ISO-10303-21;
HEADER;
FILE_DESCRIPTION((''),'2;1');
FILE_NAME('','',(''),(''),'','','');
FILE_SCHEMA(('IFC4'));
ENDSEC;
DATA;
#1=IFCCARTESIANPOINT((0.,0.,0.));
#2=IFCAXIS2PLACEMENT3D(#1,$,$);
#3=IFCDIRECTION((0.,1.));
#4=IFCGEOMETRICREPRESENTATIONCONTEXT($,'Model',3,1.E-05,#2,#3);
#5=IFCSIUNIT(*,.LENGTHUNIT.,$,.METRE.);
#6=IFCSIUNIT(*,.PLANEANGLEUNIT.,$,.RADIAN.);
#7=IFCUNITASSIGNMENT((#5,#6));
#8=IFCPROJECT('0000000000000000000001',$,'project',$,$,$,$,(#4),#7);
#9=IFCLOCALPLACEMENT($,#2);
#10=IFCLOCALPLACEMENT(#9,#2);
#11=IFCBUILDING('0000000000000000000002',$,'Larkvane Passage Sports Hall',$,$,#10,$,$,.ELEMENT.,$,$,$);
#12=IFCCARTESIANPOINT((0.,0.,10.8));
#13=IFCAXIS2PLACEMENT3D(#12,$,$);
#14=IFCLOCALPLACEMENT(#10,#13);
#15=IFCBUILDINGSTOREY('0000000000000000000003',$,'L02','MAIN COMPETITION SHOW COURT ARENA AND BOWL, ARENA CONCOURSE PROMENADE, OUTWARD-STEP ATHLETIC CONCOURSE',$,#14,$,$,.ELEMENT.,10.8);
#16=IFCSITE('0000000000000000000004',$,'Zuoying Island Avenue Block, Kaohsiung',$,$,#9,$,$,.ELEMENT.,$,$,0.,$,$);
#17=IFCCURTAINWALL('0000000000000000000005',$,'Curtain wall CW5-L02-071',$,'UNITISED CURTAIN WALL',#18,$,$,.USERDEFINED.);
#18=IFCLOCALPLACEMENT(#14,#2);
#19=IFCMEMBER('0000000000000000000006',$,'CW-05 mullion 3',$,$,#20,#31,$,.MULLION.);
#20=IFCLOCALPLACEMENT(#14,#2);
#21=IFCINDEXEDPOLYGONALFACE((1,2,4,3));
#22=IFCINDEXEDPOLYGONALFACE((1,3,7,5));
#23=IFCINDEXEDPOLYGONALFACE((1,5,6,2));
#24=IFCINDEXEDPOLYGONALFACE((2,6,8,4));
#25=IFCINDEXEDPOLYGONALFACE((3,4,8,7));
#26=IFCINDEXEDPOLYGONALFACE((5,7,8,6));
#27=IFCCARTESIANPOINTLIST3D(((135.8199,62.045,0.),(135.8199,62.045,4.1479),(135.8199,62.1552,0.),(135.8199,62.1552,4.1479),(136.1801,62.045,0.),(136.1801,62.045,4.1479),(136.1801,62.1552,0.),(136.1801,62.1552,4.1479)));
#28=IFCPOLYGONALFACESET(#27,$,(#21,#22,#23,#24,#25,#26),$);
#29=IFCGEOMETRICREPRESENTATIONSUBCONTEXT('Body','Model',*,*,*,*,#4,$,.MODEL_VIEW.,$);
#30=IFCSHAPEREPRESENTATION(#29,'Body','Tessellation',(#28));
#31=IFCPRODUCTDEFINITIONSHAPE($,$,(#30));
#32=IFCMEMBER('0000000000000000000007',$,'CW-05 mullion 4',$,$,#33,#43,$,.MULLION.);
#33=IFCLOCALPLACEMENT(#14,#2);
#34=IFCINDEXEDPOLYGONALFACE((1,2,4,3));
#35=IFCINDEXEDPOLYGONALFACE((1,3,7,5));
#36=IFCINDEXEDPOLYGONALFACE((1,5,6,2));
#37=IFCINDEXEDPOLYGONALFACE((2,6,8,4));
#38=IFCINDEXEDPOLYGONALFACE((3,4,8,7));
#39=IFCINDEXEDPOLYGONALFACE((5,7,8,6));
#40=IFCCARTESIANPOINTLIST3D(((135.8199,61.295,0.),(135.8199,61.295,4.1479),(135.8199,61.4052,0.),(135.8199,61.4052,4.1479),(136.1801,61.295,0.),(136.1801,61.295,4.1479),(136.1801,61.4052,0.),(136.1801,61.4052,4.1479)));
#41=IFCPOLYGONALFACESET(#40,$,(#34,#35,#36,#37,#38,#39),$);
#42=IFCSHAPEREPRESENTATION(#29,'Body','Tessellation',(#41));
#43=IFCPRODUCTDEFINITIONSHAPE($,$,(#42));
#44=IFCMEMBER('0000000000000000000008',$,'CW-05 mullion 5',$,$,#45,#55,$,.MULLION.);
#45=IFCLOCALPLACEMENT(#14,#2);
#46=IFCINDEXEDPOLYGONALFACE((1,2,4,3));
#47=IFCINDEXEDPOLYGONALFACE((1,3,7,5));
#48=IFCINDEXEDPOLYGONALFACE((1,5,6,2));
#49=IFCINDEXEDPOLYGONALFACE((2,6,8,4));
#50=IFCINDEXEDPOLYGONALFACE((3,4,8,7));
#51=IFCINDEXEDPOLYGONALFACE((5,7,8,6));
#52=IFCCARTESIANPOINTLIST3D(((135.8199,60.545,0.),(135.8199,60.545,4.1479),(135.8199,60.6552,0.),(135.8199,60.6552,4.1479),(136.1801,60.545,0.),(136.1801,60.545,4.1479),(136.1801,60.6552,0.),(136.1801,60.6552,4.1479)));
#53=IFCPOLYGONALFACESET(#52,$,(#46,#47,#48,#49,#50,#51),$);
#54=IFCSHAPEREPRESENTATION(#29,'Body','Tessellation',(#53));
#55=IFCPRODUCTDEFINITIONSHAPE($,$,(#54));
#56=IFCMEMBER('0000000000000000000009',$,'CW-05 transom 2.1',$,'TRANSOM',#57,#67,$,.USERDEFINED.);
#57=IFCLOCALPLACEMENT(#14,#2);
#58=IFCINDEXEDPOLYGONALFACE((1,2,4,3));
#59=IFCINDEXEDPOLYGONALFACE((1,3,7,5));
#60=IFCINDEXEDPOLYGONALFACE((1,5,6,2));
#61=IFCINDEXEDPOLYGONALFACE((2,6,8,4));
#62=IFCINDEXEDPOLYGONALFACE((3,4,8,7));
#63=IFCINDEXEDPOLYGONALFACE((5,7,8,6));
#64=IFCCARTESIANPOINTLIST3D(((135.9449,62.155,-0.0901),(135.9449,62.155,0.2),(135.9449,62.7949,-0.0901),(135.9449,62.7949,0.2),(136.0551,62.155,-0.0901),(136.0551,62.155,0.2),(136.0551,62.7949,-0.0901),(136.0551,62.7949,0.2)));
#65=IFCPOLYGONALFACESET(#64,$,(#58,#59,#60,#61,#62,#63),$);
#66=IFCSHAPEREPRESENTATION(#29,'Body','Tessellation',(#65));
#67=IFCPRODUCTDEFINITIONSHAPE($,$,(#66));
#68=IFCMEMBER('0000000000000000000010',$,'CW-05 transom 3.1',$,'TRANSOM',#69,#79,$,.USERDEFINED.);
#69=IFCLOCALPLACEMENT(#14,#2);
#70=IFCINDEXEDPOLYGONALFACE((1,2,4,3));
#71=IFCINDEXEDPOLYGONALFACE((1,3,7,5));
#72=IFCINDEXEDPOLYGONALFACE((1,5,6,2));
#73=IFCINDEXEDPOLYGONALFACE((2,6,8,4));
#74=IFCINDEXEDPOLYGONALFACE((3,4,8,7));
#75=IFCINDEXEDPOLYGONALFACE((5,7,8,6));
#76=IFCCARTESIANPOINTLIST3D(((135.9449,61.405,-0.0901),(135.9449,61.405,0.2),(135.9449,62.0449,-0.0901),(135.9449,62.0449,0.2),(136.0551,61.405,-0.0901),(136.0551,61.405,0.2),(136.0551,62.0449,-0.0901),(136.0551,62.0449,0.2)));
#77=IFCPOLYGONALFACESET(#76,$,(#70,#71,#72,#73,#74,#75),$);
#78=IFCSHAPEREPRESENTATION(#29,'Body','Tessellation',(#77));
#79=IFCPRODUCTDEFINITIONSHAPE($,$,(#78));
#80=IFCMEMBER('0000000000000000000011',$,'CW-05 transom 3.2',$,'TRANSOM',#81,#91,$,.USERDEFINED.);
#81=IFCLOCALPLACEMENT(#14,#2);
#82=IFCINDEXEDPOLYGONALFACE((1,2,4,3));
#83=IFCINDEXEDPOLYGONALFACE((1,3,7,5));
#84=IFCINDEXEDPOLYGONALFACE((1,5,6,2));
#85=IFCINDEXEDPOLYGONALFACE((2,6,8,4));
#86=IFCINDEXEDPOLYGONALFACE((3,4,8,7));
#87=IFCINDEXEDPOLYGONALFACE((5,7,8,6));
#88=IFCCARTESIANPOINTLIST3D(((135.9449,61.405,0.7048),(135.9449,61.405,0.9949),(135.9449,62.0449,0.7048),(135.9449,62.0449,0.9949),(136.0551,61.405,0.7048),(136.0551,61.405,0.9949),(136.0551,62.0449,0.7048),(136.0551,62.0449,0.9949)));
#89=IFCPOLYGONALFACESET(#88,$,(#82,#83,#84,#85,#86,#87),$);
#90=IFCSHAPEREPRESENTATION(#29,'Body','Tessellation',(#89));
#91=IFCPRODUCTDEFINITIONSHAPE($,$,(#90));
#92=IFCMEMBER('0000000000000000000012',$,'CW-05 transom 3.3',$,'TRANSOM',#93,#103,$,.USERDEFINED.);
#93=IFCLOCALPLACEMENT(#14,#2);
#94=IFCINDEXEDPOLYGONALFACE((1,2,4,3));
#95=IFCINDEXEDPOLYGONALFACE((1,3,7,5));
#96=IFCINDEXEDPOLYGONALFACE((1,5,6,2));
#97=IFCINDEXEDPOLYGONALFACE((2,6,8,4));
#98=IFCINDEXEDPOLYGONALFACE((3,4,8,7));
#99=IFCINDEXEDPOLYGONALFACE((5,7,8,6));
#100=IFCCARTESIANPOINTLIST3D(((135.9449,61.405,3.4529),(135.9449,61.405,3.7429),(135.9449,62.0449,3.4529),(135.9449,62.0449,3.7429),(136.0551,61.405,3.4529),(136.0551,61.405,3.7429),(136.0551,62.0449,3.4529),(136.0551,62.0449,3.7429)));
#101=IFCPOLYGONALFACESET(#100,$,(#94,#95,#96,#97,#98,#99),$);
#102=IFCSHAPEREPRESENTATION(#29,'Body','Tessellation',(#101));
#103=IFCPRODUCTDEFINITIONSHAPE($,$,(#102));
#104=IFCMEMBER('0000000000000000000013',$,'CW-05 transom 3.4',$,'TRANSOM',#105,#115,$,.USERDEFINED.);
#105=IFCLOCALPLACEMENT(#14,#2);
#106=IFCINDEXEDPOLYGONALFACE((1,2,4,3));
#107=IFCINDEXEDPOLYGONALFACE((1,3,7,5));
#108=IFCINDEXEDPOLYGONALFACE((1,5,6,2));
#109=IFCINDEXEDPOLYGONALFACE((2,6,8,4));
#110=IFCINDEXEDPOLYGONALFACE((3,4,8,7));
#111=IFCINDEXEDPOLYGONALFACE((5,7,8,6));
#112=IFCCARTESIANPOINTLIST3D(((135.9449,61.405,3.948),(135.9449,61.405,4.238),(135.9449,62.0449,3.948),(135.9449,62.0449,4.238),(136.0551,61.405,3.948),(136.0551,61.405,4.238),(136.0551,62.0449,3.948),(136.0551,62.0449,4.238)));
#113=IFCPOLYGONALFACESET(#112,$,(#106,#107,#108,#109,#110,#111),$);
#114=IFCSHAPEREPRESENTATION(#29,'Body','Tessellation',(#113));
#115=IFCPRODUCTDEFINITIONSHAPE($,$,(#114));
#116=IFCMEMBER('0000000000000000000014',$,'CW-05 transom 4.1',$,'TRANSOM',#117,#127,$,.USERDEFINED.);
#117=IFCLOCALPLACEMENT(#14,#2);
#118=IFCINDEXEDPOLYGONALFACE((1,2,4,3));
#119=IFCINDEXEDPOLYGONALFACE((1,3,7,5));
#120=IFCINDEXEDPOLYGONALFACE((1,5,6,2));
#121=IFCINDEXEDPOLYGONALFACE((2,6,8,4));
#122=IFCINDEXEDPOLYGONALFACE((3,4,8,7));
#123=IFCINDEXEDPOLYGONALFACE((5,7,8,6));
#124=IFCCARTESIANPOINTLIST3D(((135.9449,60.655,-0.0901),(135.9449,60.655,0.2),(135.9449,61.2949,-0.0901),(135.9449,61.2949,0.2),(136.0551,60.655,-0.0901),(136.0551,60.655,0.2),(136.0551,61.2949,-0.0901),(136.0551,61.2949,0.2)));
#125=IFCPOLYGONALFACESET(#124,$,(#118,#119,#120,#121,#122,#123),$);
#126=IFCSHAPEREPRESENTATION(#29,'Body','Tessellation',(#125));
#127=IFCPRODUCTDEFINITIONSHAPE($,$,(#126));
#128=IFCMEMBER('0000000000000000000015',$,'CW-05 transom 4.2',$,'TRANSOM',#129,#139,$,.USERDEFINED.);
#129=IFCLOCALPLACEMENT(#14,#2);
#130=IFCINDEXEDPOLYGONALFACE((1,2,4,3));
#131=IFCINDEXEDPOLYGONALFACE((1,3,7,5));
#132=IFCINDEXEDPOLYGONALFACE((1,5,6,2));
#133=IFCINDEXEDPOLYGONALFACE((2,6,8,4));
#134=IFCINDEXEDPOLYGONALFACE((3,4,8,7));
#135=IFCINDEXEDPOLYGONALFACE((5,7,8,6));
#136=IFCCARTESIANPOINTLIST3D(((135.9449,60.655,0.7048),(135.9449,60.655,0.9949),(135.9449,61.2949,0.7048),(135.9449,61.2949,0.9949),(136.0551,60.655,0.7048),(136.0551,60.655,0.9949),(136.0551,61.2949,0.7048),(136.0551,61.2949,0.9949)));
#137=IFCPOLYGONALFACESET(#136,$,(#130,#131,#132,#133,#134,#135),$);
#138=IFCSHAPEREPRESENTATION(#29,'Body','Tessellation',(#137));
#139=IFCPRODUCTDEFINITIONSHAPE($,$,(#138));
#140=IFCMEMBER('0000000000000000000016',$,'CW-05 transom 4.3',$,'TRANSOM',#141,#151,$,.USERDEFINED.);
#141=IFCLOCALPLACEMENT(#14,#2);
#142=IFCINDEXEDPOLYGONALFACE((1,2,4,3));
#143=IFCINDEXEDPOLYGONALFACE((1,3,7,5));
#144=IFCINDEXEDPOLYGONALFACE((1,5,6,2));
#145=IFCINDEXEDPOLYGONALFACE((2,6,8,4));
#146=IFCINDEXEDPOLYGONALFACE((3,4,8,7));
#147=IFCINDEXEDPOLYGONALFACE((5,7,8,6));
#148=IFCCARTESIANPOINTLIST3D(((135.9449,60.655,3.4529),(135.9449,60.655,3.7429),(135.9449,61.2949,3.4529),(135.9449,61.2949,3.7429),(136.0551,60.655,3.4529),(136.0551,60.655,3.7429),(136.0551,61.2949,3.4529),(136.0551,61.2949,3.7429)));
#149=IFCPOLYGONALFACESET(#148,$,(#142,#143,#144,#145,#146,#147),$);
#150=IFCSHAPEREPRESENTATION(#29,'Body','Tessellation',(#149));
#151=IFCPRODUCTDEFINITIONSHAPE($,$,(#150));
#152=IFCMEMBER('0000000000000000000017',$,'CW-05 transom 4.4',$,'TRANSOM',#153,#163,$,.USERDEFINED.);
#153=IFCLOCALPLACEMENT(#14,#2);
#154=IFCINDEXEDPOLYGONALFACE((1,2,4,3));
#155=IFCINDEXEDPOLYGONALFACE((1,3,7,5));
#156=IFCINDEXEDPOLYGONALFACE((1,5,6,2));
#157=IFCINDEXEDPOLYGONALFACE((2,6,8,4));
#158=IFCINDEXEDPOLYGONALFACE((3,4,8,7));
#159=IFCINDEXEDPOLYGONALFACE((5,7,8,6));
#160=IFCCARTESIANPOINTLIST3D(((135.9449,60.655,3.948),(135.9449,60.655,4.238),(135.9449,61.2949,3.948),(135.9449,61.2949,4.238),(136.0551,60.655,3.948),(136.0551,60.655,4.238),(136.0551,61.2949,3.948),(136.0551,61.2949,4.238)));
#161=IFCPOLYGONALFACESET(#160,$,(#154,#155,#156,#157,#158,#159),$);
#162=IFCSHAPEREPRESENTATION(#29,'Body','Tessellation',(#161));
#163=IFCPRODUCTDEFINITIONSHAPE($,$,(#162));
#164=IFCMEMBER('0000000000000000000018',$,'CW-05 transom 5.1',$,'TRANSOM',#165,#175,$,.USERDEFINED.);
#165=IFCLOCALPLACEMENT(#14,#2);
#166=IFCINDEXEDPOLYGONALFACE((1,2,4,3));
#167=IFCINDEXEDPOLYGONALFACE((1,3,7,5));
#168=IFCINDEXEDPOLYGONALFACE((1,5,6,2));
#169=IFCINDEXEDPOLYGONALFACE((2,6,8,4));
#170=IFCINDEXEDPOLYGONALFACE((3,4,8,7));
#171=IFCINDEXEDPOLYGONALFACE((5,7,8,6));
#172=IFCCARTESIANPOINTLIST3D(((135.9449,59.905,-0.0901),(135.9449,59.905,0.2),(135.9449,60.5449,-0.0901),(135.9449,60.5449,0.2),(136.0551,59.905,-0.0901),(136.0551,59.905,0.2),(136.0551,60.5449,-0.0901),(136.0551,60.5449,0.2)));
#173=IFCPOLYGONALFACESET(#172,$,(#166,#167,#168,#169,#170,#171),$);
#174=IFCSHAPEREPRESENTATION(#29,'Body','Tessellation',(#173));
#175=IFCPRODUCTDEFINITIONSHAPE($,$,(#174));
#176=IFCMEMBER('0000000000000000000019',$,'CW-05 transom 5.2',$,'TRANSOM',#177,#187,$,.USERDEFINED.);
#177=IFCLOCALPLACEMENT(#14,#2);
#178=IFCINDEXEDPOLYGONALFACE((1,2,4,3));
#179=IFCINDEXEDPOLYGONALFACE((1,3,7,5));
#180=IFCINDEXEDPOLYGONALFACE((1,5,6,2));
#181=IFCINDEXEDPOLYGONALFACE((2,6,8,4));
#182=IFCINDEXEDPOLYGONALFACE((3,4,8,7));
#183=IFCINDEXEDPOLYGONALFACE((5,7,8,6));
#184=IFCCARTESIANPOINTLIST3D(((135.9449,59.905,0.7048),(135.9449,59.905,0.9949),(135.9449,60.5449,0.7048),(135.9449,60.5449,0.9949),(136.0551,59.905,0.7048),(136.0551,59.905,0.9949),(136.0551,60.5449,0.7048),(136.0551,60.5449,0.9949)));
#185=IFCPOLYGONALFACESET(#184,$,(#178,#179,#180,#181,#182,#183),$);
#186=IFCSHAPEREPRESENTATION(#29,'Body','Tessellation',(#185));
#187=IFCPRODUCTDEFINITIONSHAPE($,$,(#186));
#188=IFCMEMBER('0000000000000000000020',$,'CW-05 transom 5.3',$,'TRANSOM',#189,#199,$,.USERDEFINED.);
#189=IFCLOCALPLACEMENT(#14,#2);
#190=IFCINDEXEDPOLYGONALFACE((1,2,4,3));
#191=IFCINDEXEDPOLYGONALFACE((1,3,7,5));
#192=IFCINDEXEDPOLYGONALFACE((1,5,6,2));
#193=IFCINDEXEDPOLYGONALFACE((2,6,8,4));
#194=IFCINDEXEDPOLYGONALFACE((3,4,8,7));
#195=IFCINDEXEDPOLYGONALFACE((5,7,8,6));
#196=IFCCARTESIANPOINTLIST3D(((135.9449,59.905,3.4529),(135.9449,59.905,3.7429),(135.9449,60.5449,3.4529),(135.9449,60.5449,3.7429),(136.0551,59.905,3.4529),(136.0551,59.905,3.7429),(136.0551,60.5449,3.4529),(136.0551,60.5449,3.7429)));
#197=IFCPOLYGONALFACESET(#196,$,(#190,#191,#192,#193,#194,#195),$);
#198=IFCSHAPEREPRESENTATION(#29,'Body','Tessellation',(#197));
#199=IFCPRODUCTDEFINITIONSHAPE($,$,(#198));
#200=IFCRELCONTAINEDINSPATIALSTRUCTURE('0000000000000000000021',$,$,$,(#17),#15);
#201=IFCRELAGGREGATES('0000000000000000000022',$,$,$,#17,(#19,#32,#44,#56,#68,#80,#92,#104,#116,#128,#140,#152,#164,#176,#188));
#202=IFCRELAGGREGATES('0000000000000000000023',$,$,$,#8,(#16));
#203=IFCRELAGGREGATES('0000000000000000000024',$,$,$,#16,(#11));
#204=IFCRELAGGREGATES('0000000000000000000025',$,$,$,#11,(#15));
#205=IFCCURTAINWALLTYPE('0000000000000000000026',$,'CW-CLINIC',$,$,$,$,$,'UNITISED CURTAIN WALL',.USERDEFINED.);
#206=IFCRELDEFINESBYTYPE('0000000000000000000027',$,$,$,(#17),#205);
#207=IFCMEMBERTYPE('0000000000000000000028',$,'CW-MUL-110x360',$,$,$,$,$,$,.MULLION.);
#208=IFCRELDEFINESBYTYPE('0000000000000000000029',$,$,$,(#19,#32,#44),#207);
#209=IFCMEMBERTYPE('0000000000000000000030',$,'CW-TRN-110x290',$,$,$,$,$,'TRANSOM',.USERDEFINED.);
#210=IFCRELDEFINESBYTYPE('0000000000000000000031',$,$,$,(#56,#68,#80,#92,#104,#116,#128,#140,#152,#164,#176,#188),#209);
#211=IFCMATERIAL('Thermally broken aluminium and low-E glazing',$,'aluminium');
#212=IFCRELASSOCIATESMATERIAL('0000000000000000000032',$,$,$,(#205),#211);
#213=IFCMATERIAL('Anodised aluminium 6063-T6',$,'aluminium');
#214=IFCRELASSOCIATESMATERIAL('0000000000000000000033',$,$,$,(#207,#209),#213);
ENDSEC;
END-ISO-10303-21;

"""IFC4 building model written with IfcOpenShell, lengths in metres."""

from ifc_helpers import new_model, si_unit, direction, frame, origin, origin_2d, place, context, subcontext, project, spatial, rectangle, extrude, material, material_profile, profile_set, type_object, element, aggregate, save


model = new_model("IFC4")

# Units and contexts
model_context = context("Model", 3, precision=1e-05, world=origin(), true_north=direction((0.0, 1.0)))
body_context = subcontext(model_context, "Body", "Model", "MODEL_VIEW")
ifc_project = project(units=[si_unit("LENGTHUNIT", "METRE"), si_unit("PLANEANGLEUNIT", "RADIAN")], contexts=[model_context])

# Site, building, storey
site_placement = place(None, origin())
site = spatial("IfcSite", under=ifc_project, at=site_placement, Name="Zuoying Island Avenue Block, Kaohsiung", CompositionType="ELEMENT", RefElevation=0.0)
building_placement = place(site_placement, origin())
building = spatial("IfcBuilding", under=site, at=building_placement, Name="Larkvane Passage Sports Hall", CompositionType="ELEMENT")
storey_placement = place(building_placement, frame((0.0, 0.0, 10.8)))
storey = spatial("IfcBuildingStorey", under=building, at=storey_placement, Name="L02", Description="MAIN COMPETITION SHOW COURT ARENA AND BOWL, ARENA CONCOURSE PROMENADE, OUTWARD-STEP ATHLETIC CONCOURSE", CompositionType="ELEMENT", Elevation=10.8)

# Curtain wall, members
ifc_material_1 = material(Name="Thermally broken aluminium and low-E glazing", Category="aluminium")
curtain_wall_type = type_object("IfcCurtainWallType", Name="CW-CLINIC", ElementType="UNITISED CURTAIN WALL", PredefinedType="USERDEFINED", material=ifc_material_1)
curtain_wall_placement = place(storey_placement, origin())
curtain_wall = element("IfcCurtainWall", 1, at=curtain_wall_placement, inside=storey, type_object=curtain_wall_type, Name="Curtain wall CW5-L02-071", ObjectType="UNITISED CURTAIN WALL", PredefinedType="USERDEFINED")
ifc_material_2 = material(Name="Anodised aluminium 6063-T6", Category="aluminium")
ifc_material_profile_1 = material_profile(ifc_material_2, rectangle(XDim=0.1101, YDim=0.3601, at=origin_2d()), Name="ALU-MUL-110x360")
ifc_profile_set_1 = profile_set([ifc_material_profile_1], Name="Anodised aluminium 6063-T6")
member_type_1 = type_object("IfcMemberType", Name="CW-MUL-110x360", PredefinedType="MULLION", material=ifc_profile_set_1)
member_1_placement = place(storey_placement, frame((136.0, 62.1001, 0.0), z_axis=(0.0, 0.0, 1.0), x_axis=(0.0, -1.0, 0.0)))
member_1 = element("IfcMember", 2, at=member_1_placement, type_object=member_type_1, Name="CW-05 mullion 3", PredefinedType="MULLION", context=body_context, shape_type="SweptSolid", body=[
    extrude(rectangle(XDim=0.1101, YDim=0.3601, at=origin_2d()), origin(), (0.0, 0.0, 1.0), 4.1479),
])
member_2_placement = place(storey_placement, frame((136.0, 61.3501, 0.0), z_axis=(0.0, 0.0, 1.0), x_axis=(0.0, -1.0, 0.0)))
member_2 = element("IfcMember", 3, at=member_2_placement, type_object=member_type_1, Name="CW-05 mullion 4", PredefinedType="MULLION", context=body_context, shape_type="SweptSolid", body=[
    extrude(rectangle(XDim=0.1101, YDim=0.3601, at=origin_2d()), origin(), (0.0, 0.0, 1.0), 4.1479),
])
member_3_placement = place(storey_placement, frame((136.0, 60.6001, 0.0), z_axis=(0.0, 0.0, 1.0), x_axis=(0.0, -1.0, 0.0)))
member_3 = element("IfcMember", 4, at=member_3_placement, type_object=member_type_1, Name="CW-05 mullion 5", PredefinedType="MULLION", context=body_context, shape_type="SweptSolid", body=[
    extrude(rectangle(XDim=0.1101, YDim=0.3601, at=origin_2d()), origin(), (0.0, 0.0, 1.0), 4.1479),
])
ifc_material_profile_2 = material_profile(ifc_material_2, rectangle(XDim=0.1101, YDim=0.29, at=origin_2d()), Name="ALU-TRN-110x290")
ifc_profile_set_2 = profile_set([ifc_material_profile_2], Name="Anodised aluminium 6063-T6")
member_type_2 = type_object("IfcMemberType", Name="CW-TRN-110x290", ElementType="TRANSOM", PredefinedType="USERDEFINED", material=ifc_profile_set_2)
member_4_placement = place(storey_placement, frame((136.0, 62.7949, 0.0549), z_axis=(0.0, -1.0, 0.0), x_axis=(1.0, 0.0, 0.0)))
member_4 = element("IfcMember", 5, at=member_4_placement, type_object=member_type_2, Name="CW-05 transom 2.1", ObjectType="TRANSOM", PredefinedType="USERDEFINED", context=body_context, shape_type="SweptSolid", body=[
    extrude(rectangle(XDim=0.1101, YDim=0.29, at=origin_2d()), origin(), (0.0, 0.0, 1.0), 0.6399),
])
member_5_placement = place(storey_placement, frame((136.0, 62.0449, 0.0549), z_axis=(0.0, -1.0, 0.0), x_axis=(1.0, 0.0, 0.0)))
member_5 = element("IfcMember", 6, at=member_5_placement, type_object=member_type_2, Name="CW-05 transom 3.1", ObjectType="TRANSOM", PredefinedType="USERDEFINED", context=body_context, shape_type="SweptSolid", body=[
    extrude(rectangle(XDim=0.1101, YDim=0.29, at=origin_2d()), origin(), (0.0, 0.0, 1.0), 0.6399),
])
member_6_placement = place(storey_placement, frame((136.0, 62.0449, 0.8499), z_axis=(0.0, -1.0, 0.0), x_axis=(1.0, 0.0, 0.0)))
member_6 = element("IfcMember", 7, at=member_6_placement, type_object=member_type_2, Name="CW-05 transom 3.2", ObjectType="TRANSOM", PredefinedType="USERDEFINED", context=body_context, shape_type="SweptSolid", body=[
    extrude(rectangle(XDim=0.1101, YDim=0.29, at=origin_2d()), origin(), (0.0, 0.0, 1.0), 0.6399),
])
member_7_placement = place(storey_placement, frame((136.0, 62.0449, 3.5979), z_axis=(0.0, -1.0, 0.0), x_axis=(1.0, 0.0, 0.0)))
member_7 = element("IfcMember", 8, at=member_7_placement, type_object=member_type_2, Name="CW-05 transom 3.3", ObjectType="TRANSOM", PredefinedType="USERDEFINED", context=body_context, shape_type="SweptSolid", body=[
    extrude(rectangle(XDim=0.1101, YDim=0.29, at=origin_2d()), origin(), (0.0, 0.0, 1.0), 0.6399),
])
member_8_placement = place(storey_placement, frame((136.0, 62.0449, 4.093), z_axis=(0.0, -1.0, 0.0), x_axis=(1.0, 0.0, 0.0)))
member_8 = element("IfcMember", 9, at=member_8_placement, type_object=member_type_2, Name="CW-05 transom 3.4", ObjectType="TRANSOM", PredefinedType="USERDEFINED", context=body_context, shape_type="SweptSolid", body=[
    extrude(rectangle(XDim=0.1101, YDim=0.29, at=origin_2d()), origin(), (0.0, 0.0, 1.0), 0.6399),
])
member_9_placement = place(storey_placement, frame((136.0, 61.2949, 0.0549), z_axis=(0.0, -1.0, 0.0), x_axis=(1.0, 0.0, 0.0)))
member_9 = element("IfcMember", 10, at=member_9_placement, type_object=member_type_2, Name="CW-05 transom 4.1", ObjectType="TRANSOM", PredefinedType="USERDEFINED", context=body_context, shape_type="SweptSolid", body=[
    extrude(rectangle(XDim=0.1101, YDim=0.29, at=origin_2d()), origin(), (0.0, 0.0, 1.0), 0.6399),
])
member_10_placement = place(storey_placement, frame((136.0, 61.2949, 0.8499), z_axis=(0.0, -1.0, 0.0), x_axis=(1.0, 0.0, 0.0)))
member_10 = element("IfcMember", 11, at=member_10_placement, type_object=member_type_2, Name="CW-05 transom 4.2", ObjectType="TRANSOM", PredefinedType="USERDEFINED", context=body_context, shape_type="SweptSolid", body=[
    extrude(rectangle(XDim=0.1101, YDim=0.29, at=origin_2d()), origin(), (0.0, 0.0, 1.0), 0.6399),
])
member_11_placement = place(storey_placement, frame((136.0, 61.2949, 3.5979), z_axis=(0.0, -1.0, 0.0), x_axis=(1.0, 0.0, 0.0)))
member_11 = element("IfcMember", 12, at=member_11_placement, type_object=member_type_2, Name="CW-05 transom 4.3", ObjectType="TRANSOM", PredefinedType="USERDEFINED", context=body_context, shape_type="SweptSolid", body=[
    extrude(rectangle(XDim=0.1101, YDim=0.29, at=origin_2d()), origin(), (0.0, 0.0, 1.0), 0.6399),
])
member_12_placement = place(storey_placement, frame((136.0, 61.2949, 4.093), z_axis=(0.0, -1.0, 0.0), x_axis=(1.0, 0.0, 0.0)))
member_12 = element("IfcMember", 13, at=member_12_placement, type_object=member_type_2, Name="CW-05 transom 4.4", ObjectType="TRANSOM", PredefinedType="USERDEFINED", context=body_context, shape_type="SweptSolid", body=[
    extrude(rectangle(XDim=0.1101, YDim=0.29, at=origin_2d()), origin(), (0.0, 0.0, 1.0), 0.6399),
])
member_13_placement = place(storey_placement, frame((136.0, 60.5449, 0.0549), z_axis=(0.0, -1.0, 0.0), x_axis=(1.0, 0.0, 0.0)))
member_13 = element("IfcMember", 14, at=member_13_placement, type_object=member_type_2, Name="CW-05 transom 5.1", ObjectType="TRANSOM", PredefinedType="USERDEFINED", context=body_context, shape_type="SweptSolid", body=[
    extrude(rectangle(XDim=0.1101, YDim=0.29, at=origin_2d()), origin(), (0.0, 0.0, 1.0), 0.6399),
])
member_14_placement = place(storey_placement, frame((136.0, 60.5449, 0.8499), z_axis=(0.0, -1.0, 0.0), x_axis=(1.0, 0.0, 0.0)))
member_14 = element("IfcMember", 15, at=member_14_placement, type_object=member_type_2, Name="CW-05 transom 5.2", ObjectType="TRANSOM", PredefinedType="USERDEFINED", context=body_context, shape_type="SweptSolid", body=[
    extrude(rectangle(XDim=0.1101, YDim=0.29, at=origin_2d()), origin(), (0.0, 0.0, 1.0), 0.6399),
])
member_15_placement = place(storey_placement, frame((136.0, 60.5449, 3.5979), z_axis=(0.0, -1.0, 0.0), x_axis=(1.0, 0.0, 0.0)))
member_15 = element("IfcMember", 16, at=member_15_placement, type_object=member_type_2, Name="CW-05 transom 5.3", ObjectType="TRANSOM", PredefinedType="USERDEFINED", context=body_context, shape_type="SweptSolid", body=[
    extrude(rectangle(XDim=0.1101, YDim=0.29, at=origin_2d()), origin(), (0.0, 0.0, 1.0), 0.6399),
])
aggregate(curtain_wall, [member_1, member_2, member_3, member_4, member_5, member_6, member_7, member_8, member_9, member_10, member_11, member_12, member_13, member_14, member_15])

save(model, "model.ifc")
